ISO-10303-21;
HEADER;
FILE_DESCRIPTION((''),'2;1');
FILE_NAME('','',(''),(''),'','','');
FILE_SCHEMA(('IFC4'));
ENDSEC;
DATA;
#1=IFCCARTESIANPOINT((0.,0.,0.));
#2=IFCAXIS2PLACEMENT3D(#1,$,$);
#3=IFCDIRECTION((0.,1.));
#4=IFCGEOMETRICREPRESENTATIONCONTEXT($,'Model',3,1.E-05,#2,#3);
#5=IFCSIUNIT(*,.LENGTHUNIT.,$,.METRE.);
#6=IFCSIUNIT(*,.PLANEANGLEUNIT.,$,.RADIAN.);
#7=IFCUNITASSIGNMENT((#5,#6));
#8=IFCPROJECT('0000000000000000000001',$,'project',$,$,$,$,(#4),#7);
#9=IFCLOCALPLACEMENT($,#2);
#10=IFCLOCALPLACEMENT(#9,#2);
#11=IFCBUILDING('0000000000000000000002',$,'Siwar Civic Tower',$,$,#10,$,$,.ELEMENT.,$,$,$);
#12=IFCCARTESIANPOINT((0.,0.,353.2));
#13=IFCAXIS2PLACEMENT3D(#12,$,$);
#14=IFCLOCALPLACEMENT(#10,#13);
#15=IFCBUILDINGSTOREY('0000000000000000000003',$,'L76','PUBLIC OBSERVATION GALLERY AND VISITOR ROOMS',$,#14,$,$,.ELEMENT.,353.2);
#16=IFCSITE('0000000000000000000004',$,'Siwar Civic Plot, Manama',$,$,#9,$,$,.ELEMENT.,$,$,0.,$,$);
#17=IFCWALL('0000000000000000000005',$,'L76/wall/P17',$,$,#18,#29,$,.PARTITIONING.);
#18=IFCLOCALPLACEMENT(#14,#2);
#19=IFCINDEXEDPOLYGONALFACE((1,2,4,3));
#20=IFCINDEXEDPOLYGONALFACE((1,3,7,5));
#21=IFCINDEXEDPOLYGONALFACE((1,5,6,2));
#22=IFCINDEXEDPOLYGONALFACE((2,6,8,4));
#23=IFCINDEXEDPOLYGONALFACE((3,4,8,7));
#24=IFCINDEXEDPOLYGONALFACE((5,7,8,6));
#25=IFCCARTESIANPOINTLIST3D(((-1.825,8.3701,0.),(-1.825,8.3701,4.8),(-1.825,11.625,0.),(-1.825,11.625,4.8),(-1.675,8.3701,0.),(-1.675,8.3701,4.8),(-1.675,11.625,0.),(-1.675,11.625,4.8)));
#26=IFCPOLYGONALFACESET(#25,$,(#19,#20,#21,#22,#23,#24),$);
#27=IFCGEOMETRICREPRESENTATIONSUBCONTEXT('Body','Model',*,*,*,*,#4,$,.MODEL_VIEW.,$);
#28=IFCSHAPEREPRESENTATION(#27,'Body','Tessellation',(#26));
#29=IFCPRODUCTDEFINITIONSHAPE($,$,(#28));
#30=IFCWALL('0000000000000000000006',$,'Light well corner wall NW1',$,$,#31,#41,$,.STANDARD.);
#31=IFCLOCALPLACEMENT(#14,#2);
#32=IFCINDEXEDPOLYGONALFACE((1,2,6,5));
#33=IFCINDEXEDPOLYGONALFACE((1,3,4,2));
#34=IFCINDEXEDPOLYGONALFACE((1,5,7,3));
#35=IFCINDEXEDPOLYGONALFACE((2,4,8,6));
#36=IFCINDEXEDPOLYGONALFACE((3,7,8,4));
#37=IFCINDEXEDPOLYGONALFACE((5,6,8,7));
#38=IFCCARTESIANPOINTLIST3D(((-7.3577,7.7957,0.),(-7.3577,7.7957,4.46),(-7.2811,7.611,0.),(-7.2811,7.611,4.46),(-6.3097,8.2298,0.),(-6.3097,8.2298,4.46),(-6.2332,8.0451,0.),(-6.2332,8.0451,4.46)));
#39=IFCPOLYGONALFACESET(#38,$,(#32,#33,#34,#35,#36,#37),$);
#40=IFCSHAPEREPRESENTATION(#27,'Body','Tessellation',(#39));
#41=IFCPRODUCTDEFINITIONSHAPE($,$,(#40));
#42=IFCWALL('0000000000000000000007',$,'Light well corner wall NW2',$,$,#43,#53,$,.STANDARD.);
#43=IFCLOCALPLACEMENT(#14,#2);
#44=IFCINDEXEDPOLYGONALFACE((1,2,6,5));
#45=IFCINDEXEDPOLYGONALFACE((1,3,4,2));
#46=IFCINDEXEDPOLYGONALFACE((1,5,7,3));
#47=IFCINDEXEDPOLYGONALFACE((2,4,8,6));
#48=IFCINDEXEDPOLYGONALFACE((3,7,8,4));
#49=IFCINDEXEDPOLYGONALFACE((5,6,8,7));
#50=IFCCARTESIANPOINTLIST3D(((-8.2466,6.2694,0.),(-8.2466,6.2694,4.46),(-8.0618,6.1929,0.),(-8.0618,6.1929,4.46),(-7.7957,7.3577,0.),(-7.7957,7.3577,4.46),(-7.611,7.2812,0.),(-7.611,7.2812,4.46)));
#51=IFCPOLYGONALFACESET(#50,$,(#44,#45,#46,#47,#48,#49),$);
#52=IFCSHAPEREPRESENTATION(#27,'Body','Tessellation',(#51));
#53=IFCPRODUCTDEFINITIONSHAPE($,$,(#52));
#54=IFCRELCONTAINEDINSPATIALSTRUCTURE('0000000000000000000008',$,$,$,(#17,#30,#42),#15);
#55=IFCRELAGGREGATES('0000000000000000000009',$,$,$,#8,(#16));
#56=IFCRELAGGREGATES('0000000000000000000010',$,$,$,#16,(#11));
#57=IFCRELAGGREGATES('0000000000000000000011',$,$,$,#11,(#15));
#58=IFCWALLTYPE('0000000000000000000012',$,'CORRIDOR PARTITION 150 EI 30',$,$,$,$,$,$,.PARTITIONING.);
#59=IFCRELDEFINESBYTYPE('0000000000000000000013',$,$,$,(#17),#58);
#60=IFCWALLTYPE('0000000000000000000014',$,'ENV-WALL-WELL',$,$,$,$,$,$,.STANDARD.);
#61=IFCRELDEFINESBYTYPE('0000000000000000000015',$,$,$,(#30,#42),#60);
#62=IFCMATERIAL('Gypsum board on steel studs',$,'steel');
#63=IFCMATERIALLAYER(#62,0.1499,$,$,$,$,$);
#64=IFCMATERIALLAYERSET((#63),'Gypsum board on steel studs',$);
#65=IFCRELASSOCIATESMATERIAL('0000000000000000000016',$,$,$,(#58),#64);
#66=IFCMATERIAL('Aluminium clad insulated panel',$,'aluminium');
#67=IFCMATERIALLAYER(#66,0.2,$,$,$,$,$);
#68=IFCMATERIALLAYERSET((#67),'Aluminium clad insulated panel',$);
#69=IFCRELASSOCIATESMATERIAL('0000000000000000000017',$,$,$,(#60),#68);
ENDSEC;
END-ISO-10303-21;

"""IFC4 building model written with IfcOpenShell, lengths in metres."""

from ifc_helpers import new_model, si_unit, direction, frame, frame_2d, origin, place, context, subcontext, project, spatial, rectangle, extrude, material, layer, layer_set, type_object, element, save


model = new_model("IFC4")

# Units and contexts
model_context = context("Model", 3, precision=1e-05, world=origin(), true_north=direction((0.0, 1.0)))
body_context = subcontext(model_context, "Body", "Model", "MODEL_VIEW")
ifc_project = project(units=[si_unit("LENGTHUNIT", "METRE"), si_unit("PLANEANGLEUNIT", "RADIAN")], contexts=[model_context])

# Site, building, storey
site_placement = place(None, origin())
site = spatial("IfcSite", under=ifc_project, at=site_placement, Name="Siwar Civic Plot, Manama", CompositionType="ELEMENT", RefElevation=0.0)
building_placement = place(site_placement, origin())
building = spatial("IfcBuilding", under=site, at=building_placement, Name="Siwar Civic Tower", CompositionType="ELEMENT")
storey_placement = place(building_placement, frame((0.0, 0.0, 353.2)))
storey = spatial("IfcBuildingStorey", under=building, at=storey_placement, Name="L76", Description="PUBLIC OBSERVATION GALLERY AND VISITOR ROOMS", CompositionType="ELEMENT", Elevation=353.2)

# Walls
ifc_material_1 = material(Name="Gypsum board on steel studs", Category="steel")
ifc_layer_1 = layer(ifc_material_1, 0.1499)
ifc_layer_set_1 = layer_set([ifc_layer_1], Name="Gypsum board on steel studs")
wall_type_1 = type_object("IfcWallType", Name="CORRIDOR PARTITION 150 EI 30", PredefinedType="PARTITIONING", material=ifc_layer_set_1)
wall_1_placement = place(storey_placement, frame((-1.75, 8.3701, 0.0), z_axis=(0.0, 0.0, 1.0), x_axis=(0.0, 1.0, 0.0)))
element("IfcWall", 1, at=wall_1_placement, inside=storey, type_object=wall_type_1, Name="L76/wall/P17", PredefinedType="PARTITIONING", context=body_context, shape_type="SweptSolid", body=[
    extrude(rectangle(XDim=3.2549, YDim=0.1499, at=frame_2d((1.6274, 0.0))), origin(), (0.0, 0.0, 1.0), 4.8),
])
ifc_material_2 = material(Name="Aluminium clad insulated panel", Category="aluminium")
ifc_layer_2 = layer(ifc_material_2, 0.2)
ifc_layer_set_2 = layer_set([ifc_layer_2], Name="Aluminium clad insulated panel")
wall_type_2 = type_object("IfcWallType", Name="ENV-WALL-WELL", PredefinedType="STANDARD", material=ifc_layer_set_2)
wall_2_placement = place(storey_placement, frame((-6.2715, 8.1375, 0.0), z_axis=(0.0, 0.0, 1.0), x_axis=(-0.923865, -0.382719, 0.0)))
element("IfcWall", 2, at=wall_2_placement, inside=storey, type_object=wall_type_2, Name="Light well corner wall NW1", PredefinedType="STANDARD", context=body_context, shape_type="SweptSolid", body=[
    extrude(rectangle(XDim=1.1343, YDim=0.2, at=frame_2d((0.5671, 0.0))), origin(), (0.0, 0.0, 1.0), 4.46),
])
wall_3_placement = place(storey_placement, frame((-7.7034, 7.3193, 0.0), z_axis=(0.0, 0.0, 1.0), x_axis=(-0.382761, -0.923848, 0.0)))
element("IfcWall", 3, at=wall_3_placement, inside=storey, type_object=wall_type_2, Name="Light well corner wall NW2", PredefinedType="STANDARD", context=body_context, shape_type="SweptSolid", body=[
    extrude(rectangle(XDim=1.178, YDim=0.2, at=frame_2d((0.5889, 0.0))), origin(), (0.0, 0.0, 1.0), 4.46),
])

save(model, "model.ifc")
